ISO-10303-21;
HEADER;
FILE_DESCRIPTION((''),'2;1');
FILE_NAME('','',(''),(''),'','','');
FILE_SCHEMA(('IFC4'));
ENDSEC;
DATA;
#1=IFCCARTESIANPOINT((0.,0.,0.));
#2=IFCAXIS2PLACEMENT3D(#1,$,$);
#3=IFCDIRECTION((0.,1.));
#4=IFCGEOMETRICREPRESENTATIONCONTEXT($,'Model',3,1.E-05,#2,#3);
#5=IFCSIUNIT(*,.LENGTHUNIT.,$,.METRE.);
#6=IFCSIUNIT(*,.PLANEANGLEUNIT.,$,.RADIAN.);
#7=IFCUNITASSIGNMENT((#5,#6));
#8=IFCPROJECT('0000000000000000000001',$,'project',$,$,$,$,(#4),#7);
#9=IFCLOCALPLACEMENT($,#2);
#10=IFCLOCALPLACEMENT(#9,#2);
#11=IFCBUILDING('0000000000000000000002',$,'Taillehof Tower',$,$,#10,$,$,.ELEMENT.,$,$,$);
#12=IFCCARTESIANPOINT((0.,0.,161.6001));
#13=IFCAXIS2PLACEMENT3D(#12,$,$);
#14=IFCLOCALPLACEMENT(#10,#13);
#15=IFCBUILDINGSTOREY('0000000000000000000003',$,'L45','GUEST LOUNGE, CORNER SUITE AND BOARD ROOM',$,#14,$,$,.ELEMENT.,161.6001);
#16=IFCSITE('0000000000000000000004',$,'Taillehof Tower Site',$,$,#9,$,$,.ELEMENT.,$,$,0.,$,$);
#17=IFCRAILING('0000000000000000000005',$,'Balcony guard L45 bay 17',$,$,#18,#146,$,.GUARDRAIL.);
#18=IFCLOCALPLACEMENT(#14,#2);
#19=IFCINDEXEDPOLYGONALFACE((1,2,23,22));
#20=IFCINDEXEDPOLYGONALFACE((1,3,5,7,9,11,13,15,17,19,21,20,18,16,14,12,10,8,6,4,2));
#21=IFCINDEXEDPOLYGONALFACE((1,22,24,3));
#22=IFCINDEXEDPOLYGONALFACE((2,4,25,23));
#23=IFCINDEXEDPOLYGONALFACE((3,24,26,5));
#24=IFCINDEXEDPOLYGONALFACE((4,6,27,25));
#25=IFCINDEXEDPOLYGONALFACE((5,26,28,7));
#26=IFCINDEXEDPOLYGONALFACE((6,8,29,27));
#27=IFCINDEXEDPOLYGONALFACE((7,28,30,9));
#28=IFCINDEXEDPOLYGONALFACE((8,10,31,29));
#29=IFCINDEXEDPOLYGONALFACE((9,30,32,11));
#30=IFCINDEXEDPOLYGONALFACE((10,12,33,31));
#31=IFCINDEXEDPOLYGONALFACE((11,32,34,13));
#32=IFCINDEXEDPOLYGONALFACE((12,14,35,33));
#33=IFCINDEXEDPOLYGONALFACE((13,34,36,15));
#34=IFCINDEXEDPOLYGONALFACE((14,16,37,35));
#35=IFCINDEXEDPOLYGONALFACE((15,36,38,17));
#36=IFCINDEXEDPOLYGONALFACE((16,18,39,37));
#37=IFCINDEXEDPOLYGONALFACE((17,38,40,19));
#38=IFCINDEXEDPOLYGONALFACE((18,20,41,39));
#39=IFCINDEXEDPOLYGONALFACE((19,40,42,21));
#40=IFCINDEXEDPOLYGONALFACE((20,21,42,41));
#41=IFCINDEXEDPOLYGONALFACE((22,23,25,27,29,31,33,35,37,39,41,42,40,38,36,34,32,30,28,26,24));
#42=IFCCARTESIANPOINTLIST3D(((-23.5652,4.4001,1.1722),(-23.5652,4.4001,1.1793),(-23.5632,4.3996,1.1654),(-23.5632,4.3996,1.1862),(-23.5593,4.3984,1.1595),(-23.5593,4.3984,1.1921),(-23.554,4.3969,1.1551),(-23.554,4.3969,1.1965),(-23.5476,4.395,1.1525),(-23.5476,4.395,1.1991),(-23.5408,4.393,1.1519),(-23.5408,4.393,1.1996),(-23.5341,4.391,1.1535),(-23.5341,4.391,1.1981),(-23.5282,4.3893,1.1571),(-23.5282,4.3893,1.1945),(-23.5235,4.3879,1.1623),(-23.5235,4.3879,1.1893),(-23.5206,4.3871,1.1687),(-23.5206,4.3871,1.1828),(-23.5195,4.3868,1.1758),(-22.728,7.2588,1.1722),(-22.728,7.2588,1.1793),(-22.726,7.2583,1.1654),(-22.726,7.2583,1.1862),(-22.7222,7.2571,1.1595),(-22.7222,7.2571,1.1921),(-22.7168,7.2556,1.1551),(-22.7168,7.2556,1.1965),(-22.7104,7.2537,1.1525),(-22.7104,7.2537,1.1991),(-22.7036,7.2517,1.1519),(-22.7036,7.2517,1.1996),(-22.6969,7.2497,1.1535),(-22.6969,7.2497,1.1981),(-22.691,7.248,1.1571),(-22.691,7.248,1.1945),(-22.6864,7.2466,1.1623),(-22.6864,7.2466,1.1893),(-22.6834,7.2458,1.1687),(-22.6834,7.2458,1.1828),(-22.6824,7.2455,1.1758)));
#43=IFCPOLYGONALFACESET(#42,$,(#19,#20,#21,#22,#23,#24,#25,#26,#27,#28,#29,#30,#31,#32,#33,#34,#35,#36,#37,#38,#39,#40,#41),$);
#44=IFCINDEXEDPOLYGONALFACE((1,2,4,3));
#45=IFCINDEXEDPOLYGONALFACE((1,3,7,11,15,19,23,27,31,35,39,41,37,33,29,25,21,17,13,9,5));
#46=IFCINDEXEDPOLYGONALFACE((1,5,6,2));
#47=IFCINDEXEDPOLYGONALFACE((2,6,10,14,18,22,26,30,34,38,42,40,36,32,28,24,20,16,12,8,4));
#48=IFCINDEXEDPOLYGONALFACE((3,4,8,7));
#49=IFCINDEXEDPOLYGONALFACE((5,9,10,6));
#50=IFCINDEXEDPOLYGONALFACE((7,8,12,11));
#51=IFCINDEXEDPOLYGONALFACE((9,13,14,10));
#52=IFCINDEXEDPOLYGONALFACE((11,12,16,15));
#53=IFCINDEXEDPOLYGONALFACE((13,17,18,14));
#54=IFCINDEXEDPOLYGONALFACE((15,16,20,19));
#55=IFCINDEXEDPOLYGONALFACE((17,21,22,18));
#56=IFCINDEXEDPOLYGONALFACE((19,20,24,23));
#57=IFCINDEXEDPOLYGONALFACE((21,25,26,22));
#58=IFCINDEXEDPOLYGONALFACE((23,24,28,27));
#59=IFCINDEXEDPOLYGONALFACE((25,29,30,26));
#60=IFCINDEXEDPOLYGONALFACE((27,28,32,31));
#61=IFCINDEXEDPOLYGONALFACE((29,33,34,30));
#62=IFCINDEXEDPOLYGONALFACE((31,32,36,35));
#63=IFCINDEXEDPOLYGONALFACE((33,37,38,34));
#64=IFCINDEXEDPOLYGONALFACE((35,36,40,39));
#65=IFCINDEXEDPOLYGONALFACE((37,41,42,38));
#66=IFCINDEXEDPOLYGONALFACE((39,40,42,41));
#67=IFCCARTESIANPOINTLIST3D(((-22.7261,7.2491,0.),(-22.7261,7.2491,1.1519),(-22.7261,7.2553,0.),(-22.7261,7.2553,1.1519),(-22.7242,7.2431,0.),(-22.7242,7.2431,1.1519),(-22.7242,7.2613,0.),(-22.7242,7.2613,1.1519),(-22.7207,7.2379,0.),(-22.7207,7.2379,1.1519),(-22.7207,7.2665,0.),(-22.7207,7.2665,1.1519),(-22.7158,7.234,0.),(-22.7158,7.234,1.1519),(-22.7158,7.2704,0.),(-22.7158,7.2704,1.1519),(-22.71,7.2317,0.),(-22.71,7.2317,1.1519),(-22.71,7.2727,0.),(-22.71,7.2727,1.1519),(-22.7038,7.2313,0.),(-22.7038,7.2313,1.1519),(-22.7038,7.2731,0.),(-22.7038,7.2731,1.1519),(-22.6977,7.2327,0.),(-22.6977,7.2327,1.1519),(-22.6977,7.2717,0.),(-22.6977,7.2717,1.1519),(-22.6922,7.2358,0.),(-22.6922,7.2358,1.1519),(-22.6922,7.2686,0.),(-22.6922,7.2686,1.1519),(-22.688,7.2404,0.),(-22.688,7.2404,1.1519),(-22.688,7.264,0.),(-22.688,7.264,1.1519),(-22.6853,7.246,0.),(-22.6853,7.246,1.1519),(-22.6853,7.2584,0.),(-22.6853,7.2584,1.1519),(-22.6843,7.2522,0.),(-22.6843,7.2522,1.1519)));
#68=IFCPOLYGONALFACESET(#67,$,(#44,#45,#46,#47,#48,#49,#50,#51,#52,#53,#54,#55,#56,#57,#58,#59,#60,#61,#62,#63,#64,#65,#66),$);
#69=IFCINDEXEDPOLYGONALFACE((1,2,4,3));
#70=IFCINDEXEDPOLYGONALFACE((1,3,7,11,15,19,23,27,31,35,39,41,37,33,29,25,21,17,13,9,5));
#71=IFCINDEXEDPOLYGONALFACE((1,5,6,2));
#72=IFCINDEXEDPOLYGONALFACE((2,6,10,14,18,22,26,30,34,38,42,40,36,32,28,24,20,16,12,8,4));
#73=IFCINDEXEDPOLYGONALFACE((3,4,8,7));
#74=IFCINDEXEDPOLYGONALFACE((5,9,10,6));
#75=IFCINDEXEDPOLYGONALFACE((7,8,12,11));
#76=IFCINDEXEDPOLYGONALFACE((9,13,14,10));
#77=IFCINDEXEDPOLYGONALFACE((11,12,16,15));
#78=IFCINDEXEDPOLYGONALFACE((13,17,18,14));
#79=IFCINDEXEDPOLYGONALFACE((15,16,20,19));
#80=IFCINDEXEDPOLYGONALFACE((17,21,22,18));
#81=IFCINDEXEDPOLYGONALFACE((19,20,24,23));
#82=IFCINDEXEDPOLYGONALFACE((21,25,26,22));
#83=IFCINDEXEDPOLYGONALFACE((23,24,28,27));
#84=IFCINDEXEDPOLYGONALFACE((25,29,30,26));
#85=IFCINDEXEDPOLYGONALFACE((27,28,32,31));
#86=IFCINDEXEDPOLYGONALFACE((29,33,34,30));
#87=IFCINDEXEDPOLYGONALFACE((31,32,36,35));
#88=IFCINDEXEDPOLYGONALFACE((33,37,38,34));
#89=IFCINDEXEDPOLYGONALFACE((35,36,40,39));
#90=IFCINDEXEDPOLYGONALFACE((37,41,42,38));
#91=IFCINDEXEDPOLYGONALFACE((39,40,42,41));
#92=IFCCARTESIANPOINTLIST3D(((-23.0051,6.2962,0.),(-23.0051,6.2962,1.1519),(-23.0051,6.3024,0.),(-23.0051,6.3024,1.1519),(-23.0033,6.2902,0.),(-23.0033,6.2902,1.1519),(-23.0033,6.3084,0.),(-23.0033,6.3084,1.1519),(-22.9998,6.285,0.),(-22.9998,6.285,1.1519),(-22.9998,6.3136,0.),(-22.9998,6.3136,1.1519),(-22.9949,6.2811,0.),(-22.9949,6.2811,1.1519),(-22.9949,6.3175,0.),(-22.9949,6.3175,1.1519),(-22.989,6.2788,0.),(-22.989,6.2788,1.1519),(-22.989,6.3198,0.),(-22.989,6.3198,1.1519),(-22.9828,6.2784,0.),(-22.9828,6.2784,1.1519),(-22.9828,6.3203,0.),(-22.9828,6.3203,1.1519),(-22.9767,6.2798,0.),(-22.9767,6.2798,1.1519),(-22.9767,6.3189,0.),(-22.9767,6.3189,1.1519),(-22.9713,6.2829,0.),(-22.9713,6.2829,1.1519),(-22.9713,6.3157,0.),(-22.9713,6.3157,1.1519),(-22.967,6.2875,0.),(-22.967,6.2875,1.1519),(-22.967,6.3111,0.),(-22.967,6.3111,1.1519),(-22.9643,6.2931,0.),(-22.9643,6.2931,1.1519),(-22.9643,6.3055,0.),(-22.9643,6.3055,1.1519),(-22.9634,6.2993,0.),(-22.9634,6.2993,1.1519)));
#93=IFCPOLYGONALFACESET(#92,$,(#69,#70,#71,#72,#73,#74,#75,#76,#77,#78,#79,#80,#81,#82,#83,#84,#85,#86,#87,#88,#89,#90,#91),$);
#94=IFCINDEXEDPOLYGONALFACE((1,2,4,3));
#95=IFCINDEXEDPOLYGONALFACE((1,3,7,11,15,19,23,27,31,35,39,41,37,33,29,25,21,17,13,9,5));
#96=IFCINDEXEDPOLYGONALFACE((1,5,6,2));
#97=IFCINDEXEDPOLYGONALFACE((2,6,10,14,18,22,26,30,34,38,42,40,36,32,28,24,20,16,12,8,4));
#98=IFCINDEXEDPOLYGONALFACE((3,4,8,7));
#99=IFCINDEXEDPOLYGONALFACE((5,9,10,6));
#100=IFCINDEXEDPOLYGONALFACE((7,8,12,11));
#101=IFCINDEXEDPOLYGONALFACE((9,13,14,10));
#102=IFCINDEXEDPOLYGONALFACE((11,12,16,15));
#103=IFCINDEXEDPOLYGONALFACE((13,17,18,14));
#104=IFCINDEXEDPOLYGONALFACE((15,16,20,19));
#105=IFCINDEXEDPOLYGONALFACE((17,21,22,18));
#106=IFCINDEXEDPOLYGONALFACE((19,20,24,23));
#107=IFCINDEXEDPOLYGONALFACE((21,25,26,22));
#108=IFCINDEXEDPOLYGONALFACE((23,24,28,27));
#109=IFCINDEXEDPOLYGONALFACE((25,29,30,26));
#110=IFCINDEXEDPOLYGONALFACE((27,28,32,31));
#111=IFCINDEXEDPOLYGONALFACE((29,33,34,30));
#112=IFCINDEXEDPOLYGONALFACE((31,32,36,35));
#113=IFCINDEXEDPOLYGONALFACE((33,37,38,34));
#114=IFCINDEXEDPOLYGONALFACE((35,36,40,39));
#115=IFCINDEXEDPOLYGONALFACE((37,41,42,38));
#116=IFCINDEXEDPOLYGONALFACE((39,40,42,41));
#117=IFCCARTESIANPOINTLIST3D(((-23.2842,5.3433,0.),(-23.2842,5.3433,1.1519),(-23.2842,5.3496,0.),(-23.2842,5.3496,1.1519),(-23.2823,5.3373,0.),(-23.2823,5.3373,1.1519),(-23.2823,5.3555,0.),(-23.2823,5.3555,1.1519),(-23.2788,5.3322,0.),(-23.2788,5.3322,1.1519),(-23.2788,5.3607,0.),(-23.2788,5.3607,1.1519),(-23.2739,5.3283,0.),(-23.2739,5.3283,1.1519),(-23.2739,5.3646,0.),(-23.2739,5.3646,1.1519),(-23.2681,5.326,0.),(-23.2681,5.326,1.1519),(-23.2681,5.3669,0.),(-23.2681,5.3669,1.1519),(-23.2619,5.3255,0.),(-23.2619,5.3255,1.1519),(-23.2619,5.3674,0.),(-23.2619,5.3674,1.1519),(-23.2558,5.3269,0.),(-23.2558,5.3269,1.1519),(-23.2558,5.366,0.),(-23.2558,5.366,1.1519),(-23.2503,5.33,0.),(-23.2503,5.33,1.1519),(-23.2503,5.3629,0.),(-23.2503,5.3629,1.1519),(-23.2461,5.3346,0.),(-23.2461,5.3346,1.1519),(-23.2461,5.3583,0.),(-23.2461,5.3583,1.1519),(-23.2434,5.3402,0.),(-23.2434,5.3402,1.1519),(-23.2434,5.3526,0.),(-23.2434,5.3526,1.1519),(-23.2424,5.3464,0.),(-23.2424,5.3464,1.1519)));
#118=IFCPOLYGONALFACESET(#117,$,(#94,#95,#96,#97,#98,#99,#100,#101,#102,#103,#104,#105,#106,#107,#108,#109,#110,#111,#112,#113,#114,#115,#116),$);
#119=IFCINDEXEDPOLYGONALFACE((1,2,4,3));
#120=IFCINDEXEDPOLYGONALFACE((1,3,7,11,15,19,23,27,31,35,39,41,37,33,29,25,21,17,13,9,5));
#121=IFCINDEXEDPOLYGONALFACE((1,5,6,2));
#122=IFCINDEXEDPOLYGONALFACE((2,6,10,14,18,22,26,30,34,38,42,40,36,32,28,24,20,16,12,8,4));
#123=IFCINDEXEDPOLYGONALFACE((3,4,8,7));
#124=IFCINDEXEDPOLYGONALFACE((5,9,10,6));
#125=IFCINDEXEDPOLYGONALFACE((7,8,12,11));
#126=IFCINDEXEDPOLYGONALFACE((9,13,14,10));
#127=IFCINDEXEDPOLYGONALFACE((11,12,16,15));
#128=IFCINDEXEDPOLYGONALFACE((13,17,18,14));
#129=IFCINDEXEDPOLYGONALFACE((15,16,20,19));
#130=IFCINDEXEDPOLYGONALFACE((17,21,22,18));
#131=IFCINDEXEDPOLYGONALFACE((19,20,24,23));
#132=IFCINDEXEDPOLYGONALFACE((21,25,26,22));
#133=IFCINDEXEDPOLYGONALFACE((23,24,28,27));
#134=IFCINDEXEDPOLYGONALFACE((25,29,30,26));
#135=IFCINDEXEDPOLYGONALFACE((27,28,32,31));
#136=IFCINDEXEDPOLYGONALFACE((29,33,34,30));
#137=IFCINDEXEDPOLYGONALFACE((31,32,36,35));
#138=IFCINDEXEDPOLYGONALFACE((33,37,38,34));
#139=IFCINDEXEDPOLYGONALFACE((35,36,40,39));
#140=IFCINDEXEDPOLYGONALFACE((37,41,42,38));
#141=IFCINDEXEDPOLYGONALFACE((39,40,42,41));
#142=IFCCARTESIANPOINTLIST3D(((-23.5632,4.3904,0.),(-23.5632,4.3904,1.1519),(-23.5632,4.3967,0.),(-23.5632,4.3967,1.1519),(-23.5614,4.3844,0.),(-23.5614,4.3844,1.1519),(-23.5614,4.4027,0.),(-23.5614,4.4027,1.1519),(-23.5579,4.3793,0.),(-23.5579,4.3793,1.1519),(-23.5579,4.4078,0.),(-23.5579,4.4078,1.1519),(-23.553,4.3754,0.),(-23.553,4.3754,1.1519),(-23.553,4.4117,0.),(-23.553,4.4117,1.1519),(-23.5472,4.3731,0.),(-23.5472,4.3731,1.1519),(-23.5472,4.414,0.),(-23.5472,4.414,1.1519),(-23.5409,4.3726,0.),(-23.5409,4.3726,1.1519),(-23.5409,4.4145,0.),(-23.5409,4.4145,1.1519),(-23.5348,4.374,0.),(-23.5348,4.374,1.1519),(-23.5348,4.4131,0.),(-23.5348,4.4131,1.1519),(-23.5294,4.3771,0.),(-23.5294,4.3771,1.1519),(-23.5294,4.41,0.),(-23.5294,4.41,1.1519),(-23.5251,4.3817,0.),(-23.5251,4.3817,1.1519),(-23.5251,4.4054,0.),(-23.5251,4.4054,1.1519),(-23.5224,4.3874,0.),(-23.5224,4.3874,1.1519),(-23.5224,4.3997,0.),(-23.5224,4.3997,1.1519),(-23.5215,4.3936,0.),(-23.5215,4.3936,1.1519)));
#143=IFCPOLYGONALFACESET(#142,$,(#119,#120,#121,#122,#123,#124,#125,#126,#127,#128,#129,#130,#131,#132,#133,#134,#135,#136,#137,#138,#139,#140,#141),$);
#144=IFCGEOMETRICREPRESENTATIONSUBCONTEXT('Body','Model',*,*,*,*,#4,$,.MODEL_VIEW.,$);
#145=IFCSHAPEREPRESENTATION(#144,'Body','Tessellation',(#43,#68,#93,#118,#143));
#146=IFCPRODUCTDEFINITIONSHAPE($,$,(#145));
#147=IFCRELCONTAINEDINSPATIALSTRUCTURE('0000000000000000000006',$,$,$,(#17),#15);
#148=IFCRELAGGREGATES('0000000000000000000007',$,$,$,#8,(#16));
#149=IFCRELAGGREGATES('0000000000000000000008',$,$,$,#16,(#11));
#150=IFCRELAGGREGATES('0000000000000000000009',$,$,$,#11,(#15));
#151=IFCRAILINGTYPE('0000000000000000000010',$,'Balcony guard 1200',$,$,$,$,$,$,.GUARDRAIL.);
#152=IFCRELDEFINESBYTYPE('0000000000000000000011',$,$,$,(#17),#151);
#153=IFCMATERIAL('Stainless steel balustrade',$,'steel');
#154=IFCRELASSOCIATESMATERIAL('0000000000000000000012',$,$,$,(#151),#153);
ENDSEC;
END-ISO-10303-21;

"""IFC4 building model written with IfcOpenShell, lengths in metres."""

from ifc_helpers import new_model, si_unit, direction, frame, origin, origin_2d, place, context, subcontext, project, spatial, circle, extrude, material, type_object, element, save


model = new_model("IFC4")

# Units and contexts
model_context = context("Model", 3, precision=1e-05, world=origin(), true_north=direction((0.0, 1.0)))
body_context = subcontext(model_context, "Body", "Model", "MODEL_VIEW")
ifc_project = project(units=[si_unit("LENGTHUNIT", "METRE"), si_unit("PLANEANGLEUNIT", "RADIAN")], contexts=[model_context])

# Site, building, storey
site_placement = place(None, origin())
site = spatial("IfcSite", under=ifc_project, at=site_placement, Name="Taillehof Tower Site", CompositionType="ELEMENT", RefElevation=0.0)
building_placement = place(site_placement, origin())
building = spatial("IfcBuilding", under=site, at=building_placement, Name="Taillehof Tower", CompositionType="ELEMENT")
storey_placement = place(building_placement, frame((0.0, 0.0, 161.6001)))
storey = spatial("IfcBuildingStorey", under=building, at=storey_placement, Name="L45", Description="GUEST LOUNGE, CORNER SUITE AND BOARD ROOM", CompositionType="ELEMENT", Elevation=161.6001)

# Railing
ifc_material_1 = material(Name="Stainless steel balustrade", Category="steel")
railing_type = type_object("IfcRailingType", Name="Balcony guard 1200", PredefinedType="GUARDRAIL", material=ifc_material_1)
railing_placement = place(storey_placement, frame((-22.7053, 7.2522, 0.0)))
element("IfcRailing", 1, at=railing_placement, inside=storey, type_object=railing_type, Name="Balcony guard L45 bay 17", PredefinedType="GUARDRAIL", context=body_context, shape_type="SweptSolid", body=[
    extrude(circle(Radius=0.0239, at=origin_2d()), frame((0.0, 0.0, 1.1758), z_axis=(-0.281048, -0.959694, 0.0), x_axis=(0.959694, -0.281048, 0.0)), (0.0, 0.0, 1.0), 2.9788),
    extrude(circle(Radius=0.021, at=origin_2d()), origin(), (0.0, 0.0, 1.0), 1.1519),
    extrude(circle(Radius=0.021, at=origin_2d()), frame((-0.2791, -0.9529, 0.0)), (0.0, 0.0, 1.0), 1.1519),
    extrude(circle(Radius=0.021, at=origin_2d()), frame((-0.5581, -1.9058, 0.0)), (0.0, 0.0, 1.0), 1.1519),
    extrude(circle(Radius=0.021, at=origin_2d()), frame((-0.8372, -2.8586, 0.0)), (0.0, 0.0, 1.0), 1.1519),
])

save(model, "model.ifc")
